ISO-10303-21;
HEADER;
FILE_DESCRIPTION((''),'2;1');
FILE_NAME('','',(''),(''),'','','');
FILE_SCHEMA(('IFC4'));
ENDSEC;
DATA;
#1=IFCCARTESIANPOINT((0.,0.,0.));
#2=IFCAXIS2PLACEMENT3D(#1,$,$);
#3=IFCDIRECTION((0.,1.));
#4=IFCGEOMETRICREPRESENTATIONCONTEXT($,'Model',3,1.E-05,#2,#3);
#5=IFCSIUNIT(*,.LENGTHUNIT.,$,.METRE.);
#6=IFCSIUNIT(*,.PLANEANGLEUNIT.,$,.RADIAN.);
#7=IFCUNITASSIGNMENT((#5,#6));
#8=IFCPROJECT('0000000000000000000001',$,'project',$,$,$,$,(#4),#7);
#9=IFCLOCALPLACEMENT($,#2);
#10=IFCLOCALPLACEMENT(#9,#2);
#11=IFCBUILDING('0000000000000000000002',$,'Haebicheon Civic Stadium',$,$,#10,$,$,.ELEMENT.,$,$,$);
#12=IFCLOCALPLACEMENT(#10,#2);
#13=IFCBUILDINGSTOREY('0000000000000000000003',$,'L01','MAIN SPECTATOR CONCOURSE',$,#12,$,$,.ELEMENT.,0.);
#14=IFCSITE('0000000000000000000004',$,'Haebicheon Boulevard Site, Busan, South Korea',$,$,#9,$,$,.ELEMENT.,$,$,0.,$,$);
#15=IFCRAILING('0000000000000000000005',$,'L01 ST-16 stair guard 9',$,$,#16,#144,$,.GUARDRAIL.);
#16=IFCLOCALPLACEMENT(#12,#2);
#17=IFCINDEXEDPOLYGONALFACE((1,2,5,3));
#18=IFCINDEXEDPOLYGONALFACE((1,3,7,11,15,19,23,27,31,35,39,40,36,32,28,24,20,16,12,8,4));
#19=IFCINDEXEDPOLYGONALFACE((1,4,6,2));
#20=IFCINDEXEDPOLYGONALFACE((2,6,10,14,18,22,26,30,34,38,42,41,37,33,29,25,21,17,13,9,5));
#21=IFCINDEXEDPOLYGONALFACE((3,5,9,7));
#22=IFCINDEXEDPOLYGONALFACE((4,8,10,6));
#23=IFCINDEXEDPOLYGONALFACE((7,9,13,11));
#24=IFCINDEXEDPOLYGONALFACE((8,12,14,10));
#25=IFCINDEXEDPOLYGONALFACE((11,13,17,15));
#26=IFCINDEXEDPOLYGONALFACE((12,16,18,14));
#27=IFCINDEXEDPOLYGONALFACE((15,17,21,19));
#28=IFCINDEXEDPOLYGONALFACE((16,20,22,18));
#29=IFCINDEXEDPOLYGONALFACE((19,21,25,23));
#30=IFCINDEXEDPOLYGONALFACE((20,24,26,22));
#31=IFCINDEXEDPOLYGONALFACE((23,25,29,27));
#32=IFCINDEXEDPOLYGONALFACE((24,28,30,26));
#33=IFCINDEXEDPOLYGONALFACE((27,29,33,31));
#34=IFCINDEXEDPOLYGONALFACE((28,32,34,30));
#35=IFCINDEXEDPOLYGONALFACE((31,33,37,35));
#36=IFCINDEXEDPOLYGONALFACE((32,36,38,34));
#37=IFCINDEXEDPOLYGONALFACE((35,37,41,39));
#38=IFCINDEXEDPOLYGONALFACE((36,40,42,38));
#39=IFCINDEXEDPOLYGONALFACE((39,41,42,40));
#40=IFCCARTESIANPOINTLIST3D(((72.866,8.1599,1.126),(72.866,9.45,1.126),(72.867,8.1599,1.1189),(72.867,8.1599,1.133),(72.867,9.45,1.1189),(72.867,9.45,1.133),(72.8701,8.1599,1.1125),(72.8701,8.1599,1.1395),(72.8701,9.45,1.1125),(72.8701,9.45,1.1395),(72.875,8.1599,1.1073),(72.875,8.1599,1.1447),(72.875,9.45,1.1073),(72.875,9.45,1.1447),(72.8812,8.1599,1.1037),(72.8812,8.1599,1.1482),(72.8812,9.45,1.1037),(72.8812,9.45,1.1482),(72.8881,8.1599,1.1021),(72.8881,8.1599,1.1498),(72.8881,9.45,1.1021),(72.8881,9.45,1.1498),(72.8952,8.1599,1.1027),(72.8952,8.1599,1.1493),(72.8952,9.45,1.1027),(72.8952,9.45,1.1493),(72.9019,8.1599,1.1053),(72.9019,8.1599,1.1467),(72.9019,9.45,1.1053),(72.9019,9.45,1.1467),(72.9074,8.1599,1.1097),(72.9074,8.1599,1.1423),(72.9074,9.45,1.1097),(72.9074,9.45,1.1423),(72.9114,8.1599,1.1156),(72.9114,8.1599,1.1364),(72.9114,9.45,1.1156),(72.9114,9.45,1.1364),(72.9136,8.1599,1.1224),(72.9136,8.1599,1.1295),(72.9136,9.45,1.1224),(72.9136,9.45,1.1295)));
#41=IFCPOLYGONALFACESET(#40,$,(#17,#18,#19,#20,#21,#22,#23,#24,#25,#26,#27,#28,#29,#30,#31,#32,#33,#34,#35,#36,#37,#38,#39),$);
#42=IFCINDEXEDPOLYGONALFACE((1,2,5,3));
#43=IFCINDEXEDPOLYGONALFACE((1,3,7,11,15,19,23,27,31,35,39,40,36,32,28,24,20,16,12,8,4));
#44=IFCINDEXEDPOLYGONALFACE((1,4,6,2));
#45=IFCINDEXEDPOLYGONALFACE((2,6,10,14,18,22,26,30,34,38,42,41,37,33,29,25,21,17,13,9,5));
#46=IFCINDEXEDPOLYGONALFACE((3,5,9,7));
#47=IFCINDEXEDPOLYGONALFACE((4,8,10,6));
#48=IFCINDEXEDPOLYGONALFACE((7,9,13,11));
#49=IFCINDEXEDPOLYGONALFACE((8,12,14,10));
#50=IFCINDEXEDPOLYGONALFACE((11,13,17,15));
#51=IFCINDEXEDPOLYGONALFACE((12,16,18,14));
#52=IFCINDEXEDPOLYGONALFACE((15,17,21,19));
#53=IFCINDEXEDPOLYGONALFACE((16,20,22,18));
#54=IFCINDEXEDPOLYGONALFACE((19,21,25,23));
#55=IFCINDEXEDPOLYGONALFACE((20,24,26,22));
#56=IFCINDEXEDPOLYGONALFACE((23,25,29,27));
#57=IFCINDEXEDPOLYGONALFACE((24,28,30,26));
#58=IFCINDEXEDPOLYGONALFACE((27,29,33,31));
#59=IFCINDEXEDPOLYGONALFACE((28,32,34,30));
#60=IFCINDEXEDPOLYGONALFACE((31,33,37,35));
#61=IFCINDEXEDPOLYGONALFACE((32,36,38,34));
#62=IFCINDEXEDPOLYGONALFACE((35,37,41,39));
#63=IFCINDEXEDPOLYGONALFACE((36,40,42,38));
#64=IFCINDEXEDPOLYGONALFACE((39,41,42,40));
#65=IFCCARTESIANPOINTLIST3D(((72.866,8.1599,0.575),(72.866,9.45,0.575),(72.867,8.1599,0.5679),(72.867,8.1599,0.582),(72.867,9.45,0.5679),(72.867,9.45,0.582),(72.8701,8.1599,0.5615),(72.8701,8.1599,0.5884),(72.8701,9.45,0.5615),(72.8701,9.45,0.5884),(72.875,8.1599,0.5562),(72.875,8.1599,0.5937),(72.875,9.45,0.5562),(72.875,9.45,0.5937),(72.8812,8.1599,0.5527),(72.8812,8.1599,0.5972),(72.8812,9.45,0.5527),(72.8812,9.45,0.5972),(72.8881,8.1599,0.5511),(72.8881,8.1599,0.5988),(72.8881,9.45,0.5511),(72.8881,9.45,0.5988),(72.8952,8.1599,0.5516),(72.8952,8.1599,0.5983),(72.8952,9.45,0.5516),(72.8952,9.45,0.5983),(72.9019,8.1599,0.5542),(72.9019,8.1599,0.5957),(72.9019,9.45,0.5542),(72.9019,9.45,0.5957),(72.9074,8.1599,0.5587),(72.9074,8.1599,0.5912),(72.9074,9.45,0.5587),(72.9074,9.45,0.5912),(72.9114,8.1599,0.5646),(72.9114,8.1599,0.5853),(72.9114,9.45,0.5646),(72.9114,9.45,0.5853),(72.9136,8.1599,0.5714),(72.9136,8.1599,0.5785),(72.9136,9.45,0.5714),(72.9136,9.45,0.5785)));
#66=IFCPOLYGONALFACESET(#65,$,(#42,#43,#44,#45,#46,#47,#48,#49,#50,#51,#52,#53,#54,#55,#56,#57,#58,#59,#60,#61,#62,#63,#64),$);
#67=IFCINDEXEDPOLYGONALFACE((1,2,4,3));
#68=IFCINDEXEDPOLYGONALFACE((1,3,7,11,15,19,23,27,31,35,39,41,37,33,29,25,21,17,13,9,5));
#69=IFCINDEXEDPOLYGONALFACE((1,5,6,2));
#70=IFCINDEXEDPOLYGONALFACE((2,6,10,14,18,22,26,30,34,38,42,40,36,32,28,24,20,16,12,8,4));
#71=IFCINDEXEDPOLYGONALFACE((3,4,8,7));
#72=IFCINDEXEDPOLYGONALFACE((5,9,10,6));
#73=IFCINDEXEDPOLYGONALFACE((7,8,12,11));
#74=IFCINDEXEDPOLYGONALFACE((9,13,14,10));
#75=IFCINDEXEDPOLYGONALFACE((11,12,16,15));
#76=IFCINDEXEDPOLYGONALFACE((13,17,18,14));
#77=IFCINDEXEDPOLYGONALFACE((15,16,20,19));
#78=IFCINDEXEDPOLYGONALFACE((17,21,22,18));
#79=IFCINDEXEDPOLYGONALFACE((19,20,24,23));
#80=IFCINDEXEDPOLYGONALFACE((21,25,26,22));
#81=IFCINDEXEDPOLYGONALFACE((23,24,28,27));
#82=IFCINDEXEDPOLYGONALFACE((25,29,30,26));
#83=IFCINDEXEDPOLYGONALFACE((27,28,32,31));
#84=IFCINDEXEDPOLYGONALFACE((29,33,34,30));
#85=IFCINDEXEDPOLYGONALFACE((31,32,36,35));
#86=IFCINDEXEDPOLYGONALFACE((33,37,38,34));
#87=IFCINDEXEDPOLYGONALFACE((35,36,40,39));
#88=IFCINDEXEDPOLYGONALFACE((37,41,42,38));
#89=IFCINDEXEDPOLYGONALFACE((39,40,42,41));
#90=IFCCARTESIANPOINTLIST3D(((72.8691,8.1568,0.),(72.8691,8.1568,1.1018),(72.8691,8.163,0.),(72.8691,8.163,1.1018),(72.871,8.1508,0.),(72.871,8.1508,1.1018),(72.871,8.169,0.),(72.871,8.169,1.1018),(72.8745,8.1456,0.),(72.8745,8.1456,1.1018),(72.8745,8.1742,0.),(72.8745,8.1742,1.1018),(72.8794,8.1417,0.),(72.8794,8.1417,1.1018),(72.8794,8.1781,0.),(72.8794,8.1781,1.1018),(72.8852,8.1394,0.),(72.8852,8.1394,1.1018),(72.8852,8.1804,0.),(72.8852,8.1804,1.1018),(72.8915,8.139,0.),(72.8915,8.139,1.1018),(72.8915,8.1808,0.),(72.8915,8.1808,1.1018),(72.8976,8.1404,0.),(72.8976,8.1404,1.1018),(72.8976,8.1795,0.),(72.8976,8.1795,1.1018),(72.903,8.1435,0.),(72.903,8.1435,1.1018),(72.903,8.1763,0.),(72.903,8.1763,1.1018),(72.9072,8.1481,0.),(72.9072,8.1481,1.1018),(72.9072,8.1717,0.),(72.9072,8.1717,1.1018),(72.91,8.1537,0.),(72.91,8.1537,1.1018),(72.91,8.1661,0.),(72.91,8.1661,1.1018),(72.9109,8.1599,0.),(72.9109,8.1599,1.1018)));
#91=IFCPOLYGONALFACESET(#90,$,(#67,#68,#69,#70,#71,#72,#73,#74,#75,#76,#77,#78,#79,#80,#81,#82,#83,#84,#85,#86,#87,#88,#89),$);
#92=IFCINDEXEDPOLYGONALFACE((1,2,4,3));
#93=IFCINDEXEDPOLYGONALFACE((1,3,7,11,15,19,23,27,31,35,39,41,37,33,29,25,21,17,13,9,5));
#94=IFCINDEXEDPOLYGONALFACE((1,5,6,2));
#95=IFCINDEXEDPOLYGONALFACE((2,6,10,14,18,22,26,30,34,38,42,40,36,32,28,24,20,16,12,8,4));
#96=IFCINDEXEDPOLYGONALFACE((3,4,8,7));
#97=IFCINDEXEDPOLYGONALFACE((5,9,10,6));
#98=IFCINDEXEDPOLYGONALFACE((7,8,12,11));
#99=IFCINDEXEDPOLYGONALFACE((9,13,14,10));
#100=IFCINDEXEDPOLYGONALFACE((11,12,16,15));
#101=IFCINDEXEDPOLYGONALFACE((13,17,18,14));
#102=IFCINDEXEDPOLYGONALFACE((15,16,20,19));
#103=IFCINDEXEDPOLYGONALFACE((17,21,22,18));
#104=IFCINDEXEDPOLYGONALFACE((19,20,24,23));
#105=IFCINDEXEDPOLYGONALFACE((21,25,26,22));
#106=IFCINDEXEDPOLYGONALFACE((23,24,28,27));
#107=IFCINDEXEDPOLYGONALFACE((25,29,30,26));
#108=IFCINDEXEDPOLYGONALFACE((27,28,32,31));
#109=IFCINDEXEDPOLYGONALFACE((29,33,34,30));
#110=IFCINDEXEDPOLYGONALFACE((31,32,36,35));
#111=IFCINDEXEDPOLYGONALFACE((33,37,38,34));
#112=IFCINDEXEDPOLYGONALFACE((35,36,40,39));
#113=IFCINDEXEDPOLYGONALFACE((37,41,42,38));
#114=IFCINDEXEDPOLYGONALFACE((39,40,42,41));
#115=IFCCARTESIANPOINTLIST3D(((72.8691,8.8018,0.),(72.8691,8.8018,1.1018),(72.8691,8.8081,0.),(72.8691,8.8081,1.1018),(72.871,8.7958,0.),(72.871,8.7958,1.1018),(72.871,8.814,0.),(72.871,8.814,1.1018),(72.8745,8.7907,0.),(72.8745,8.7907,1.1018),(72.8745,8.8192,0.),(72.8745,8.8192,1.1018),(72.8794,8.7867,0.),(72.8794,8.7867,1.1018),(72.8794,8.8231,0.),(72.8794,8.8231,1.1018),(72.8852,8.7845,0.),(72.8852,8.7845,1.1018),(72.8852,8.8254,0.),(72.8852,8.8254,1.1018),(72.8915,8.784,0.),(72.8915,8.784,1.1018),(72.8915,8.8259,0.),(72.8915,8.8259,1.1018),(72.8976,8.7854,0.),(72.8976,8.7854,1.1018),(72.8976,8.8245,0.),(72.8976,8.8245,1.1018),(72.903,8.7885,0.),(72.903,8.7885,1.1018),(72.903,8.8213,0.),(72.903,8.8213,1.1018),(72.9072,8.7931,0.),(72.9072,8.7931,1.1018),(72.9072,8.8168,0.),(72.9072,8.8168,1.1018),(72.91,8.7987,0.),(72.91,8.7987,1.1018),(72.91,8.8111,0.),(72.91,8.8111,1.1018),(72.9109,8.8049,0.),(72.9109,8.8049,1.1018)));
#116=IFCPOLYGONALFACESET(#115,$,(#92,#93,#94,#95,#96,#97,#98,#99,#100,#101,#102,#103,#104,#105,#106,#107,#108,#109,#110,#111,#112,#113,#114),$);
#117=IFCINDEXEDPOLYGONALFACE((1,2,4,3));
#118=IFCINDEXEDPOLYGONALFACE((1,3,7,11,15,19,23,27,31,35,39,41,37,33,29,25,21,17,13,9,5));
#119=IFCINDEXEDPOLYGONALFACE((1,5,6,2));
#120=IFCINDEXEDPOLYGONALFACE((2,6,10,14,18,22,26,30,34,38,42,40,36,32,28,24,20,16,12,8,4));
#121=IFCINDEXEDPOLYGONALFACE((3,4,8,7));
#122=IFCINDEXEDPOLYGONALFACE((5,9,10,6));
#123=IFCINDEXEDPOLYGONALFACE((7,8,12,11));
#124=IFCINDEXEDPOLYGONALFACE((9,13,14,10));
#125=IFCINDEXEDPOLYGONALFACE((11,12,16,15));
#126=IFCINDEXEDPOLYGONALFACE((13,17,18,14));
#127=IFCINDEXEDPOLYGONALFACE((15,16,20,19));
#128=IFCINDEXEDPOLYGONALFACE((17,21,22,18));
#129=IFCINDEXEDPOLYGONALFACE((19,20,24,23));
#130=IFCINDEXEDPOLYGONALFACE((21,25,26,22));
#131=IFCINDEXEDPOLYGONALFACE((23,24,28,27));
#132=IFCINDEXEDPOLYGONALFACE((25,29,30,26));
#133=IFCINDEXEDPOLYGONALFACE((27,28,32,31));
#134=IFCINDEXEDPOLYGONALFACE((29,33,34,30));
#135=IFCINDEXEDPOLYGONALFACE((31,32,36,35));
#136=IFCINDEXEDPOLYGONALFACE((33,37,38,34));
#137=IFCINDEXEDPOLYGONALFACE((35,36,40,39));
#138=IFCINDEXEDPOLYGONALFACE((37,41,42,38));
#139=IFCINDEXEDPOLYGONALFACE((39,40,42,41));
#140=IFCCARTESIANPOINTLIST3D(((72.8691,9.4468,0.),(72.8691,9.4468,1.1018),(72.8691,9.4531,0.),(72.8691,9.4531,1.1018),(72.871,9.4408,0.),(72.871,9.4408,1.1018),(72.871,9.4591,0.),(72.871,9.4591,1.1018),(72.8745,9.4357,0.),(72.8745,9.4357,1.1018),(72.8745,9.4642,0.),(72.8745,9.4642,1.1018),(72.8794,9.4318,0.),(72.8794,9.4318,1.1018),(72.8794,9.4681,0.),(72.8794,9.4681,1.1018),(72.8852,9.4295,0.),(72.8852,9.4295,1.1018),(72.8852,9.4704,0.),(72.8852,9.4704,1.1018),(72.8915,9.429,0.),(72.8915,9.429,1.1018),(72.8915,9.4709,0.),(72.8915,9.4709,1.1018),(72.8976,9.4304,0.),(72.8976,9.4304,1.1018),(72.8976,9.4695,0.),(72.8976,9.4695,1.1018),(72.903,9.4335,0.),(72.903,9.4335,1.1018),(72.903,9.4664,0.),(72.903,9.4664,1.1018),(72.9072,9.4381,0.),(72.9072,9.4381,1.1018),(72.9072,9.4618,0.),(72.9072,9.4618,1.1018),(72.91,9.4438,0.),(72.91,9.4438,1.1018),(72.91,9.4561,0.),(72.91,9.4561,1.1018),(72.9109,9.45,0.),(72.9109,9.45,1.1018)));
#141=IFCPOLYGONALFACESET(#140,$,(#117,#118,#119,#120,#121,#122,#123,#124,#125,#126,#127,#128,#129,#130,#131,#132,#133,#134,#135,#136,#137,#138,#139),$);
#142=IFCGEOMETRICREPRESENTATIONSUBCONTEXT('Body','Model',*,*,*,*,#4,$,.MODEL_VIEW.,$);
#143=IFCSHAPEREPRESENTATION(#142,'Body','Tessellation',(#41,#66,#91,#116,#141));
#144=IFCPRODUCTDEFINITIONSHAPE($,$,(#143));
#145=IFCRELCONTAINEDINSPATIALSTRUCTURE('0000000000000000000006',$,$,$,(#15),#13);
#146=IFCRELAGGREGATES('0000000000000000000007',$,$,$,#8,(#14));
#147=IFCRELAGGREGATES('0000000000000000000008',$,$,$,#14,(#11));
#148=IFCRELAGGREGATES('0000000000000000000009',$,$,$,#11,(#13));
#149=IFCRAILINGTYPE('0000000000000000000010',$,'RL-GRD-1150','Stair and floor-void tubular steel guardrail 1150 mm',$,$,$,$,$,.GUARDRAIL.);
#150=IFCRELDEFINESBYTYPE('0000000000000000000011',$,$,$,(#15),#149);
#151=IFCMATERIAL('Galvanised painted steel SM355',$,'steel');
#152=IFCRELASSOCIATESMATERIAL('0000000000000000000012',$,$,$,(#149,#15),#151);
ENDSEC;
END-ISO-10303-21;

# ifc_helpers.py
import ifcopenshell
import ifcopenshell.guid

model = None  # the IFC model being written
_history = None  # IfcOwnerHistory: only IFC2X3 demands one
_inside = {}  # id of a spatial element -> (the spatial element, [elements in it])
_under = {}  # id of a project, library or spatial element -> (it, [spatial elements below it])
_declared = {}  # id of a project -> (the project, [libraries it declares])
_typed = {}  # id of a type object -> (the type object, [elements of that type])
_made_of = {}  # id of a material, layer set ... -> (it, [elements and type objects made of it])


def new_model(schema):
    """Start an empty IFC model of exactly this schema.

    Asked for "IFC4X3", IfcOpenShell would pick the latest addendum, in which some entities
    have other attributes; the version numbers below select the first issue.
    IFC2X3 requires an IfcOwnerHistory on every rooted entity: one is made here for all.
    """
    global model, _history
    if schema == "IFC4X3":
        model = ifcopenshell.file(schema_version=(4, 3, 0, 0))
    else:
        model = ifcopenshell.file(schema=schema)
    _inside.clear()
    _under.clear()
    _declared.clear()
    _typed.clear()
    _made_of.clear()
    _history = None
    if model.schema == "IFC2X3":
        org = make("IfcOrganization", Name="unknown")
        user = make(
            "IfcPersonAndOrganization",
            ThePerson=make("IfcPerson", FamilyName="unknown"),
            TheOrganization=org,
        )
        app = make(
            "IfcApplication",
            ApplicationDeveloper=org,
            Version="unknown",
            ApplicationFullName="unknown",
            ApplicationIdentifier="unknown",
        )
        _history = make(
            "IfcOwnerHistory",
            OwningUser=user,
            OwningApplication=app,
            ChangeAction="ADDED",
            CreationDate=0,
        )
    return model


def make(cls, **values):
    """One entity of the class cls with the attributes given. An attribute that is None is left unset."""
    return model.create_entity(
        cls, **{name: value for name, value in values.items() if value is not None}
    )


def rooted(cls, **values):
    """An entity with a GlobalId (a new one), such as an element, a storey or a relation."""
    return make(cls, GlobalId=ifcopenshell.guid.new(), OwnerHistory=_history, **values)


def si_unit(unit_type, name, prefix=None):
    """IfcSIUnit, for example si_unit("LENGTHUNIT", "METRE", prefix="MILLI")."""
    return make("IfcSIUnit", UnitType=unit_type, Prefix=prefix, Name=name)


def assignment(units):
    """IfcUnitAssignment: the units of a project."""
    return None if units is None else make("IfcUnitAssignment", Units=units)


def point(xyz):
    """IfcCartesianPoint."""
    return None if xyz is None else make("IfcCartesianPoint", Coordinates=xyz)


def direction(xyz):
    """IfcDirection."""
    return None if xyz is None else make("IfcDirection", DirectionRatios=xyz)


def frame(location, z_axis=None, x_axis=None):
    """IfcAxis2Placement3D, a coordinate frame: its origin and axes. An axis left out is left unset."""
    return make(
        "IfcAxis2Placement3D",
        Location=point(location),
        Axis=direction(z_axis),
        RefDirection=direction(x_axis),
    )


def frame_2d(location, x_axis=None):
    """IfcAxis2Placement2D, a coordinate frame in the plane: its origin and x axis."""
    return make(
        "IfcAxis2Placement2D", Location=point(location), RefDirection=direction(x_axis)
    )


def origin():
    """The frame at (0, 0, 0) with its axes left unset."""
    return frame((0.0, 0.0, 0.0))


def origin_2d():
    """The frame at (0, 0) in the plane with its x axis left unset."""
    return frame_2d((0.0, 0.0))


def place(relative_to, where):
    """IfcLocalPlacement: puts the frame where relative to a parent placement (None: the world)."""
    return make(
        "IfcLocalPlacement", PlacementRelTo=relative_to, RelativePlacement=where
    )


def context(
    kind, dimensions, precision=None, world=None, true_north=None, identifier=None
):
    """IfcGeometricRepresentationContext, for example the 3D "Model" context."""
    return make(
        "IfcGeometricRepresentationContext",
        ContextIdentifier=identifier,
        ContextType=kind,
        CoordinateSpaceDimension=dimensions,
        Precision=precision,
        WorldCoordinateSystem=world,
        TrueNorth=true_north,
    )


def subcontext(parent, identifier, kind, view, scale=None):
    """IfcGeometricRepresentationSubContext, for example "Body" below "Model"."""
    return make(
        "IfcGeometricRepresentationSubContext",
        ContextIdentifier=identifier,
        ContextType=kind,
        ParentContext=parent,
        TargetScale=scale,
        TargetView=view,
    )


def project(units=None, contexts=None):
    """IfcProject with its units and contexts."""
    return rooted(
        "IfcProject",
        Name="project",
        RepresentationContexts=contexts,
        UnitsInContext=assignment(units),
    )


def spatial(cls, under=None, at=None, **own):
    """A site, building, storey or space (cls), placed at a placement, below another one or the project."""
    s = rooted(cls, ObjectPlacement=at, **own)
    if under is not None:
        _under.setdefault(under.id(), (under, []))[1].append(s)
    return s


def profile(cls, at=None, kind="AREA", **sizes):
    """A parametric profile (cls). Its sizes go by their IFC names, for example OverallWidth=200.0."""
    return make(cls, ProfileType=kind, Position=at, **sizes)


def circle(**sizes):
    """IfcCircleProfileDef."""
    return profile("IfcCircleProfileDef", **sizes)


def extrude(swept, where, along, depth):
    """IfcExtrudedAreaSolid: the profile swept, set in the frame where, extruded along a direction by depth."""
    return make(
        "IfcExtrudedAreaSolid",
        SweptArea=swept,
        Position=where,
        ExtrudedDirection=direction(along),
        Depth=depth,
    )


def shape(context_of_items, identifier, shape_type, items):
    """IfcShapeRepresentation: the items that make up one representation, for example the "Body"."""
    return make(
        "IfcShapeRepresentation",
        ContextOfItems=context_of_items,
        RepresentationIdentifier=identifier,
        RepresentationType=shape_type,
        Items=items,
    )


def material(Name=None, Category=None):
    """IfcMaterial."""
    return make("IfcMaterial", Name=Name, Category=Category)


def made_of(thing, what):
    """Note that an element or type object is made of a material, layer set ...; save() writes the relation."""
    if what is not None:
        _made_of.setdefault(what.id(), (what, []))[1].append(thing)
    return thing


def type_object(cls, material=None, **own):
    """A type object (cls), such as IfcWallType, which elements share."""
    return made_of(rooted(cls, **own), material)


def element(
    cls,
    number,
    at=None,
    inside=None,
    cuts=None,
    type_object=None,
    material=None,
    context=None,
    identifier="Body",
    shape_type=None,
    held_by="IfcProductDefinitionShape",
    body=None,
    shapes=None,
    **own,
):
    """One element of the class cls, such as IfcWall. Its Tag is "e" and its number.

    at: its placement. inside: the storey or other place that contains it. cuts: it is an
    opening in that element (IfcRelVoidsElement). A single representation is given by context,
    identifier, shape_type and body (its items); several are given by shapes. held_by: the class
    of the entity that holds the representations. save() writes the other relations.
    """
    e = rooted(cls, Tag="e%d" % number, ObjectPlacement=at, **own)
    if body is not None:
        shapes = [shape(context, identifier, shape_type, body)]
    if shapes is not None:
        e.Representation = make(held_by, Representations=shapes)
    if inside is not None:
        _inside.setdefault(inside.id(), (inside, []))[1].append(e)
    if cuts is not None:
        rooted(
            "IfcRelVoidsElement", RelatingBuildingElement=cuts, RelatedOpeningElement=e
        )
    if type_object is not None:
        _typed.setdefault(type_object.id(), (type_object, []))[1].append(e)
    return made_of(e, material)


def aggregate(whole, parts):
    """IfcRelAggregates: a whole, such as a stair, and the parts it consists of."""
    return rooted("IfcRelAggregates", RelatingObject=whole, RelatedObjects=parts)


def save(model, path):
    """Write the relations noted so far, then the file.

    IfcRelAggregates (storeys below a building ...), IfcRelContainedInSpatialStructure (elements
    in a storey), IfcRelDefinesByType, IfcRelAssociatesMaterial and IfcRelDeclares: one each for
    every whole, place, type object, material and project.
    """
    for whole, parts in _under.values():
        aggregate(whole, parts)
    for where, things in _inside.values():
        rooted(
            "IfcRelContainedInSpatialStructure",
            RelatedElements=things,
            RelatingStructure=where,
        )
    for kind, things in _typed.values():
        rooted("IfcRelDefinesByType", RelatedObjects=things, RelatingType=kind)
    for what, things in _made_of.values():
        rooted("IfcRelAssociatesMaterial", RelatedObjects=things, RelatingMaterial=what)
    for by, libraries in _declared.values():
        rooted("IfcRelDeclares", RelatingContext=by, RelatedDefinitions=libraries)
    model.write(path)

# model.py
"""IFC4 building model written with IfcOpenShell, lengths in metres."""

from ifc_helpers import new_model, si_unit, direction, frame, origin, origin_2d, place, context, subcontext, project, spatial, circle, extrude, material, type_object, element, save


model = new_model("IFC4")

# Units and contexts
model_context = context("Model", 3, precision=1e-05, world=origin(), true_north=direction((0.0, 1.0)))
body_context = subcontext(model_context, "Body", "Model", "MODEL_VIEW")
ifc_project = project(units=[si_unit("LENGTHUNIT", "METRE"), si_unit("PLANEANGLEUNIT", "RADIAN")], contexts=[model_context])

# Site, building, storey
site_placement = place(None, origin())
site = spatial("IfcSite", under=ifc_project, at=site_placement, Name="Haebicheon Boulevard Site, Busan, South Korea", CompositionType="ELEMENT", RefElevation=0.0)
building_placement = place(site_placement, origin())
building = spatial("IfcBuilding", under=site, at=building_placement, Name="Haebicheon Civic Stadium", CompositionType="ELEMENT")
storey_placement = place(building_placement, origin())
storey = spatial("IfcBuildingStorey", under=building, at=storey_placement, Name="L01", Description="MAIN SPECTATOR CONCOURSE", CompositionType="ELEMENT", Elevation=0.0)

# Railing
ifc_material_1 = material(Name="Galvanised painted steel SM355", Category="steel")
railing_type_1 = type_object("IfcRailingType", Name="RL-GRD-1150", Description="Stair and floor-void tubular steel guardrail 1150 mm", PredefinedType="GUARDRAIL", material=ifc_material_1)
for number, where, name in (
    (1, (72.8899, 8.1599, 0.0), "L01 ST-16 stair guard 9"),
):
    element("IfcRailing", number, at=place(storey_placement, frame(where)), inside=storey, type_object=railing_type_1, material=ifc_material_1, Name=name, PredefinedType="GUARDRAIL", context=body_context, shape_type="SweptSolid", body=[
        extrude(circle(Radius=0.0239, at=origin_2d()), frame((0.0, 0.0, 1.126), z_axis=(0.0, 1.0, 0.0), x_axis=(-1.0, 0.0, 0.0)), (0.0, 0.0, 1.0), 1.29),
        extrude(circle(Radius=0.0239, at=origin_2d()), frame((0.0, 0.0, 0.575), z_axis=(0.0, 1.0, 0.0), x_axis=(-1.0, 0.0, 0.0)), (0.0, 0.0, 1.0), 1.29),
        extrude(circle(Radius=0.021, at=origin_2d()), origin(), (0.0, 0.0, 1.0), 1.1018),
        extrude(circle(Radius=0.021, at=origin_2d()), frame((0.0, 0.645, 0.0)), (0.0, 0.0, 1.0), 1.1018),
        extrude(circle(Radius=0.021, at=origin_2d()), frame((0.0, 1.29, 0.0)), (0.0, 0.0, 1.0), 1.1018),
    ])

save(model, "model.ifc")
